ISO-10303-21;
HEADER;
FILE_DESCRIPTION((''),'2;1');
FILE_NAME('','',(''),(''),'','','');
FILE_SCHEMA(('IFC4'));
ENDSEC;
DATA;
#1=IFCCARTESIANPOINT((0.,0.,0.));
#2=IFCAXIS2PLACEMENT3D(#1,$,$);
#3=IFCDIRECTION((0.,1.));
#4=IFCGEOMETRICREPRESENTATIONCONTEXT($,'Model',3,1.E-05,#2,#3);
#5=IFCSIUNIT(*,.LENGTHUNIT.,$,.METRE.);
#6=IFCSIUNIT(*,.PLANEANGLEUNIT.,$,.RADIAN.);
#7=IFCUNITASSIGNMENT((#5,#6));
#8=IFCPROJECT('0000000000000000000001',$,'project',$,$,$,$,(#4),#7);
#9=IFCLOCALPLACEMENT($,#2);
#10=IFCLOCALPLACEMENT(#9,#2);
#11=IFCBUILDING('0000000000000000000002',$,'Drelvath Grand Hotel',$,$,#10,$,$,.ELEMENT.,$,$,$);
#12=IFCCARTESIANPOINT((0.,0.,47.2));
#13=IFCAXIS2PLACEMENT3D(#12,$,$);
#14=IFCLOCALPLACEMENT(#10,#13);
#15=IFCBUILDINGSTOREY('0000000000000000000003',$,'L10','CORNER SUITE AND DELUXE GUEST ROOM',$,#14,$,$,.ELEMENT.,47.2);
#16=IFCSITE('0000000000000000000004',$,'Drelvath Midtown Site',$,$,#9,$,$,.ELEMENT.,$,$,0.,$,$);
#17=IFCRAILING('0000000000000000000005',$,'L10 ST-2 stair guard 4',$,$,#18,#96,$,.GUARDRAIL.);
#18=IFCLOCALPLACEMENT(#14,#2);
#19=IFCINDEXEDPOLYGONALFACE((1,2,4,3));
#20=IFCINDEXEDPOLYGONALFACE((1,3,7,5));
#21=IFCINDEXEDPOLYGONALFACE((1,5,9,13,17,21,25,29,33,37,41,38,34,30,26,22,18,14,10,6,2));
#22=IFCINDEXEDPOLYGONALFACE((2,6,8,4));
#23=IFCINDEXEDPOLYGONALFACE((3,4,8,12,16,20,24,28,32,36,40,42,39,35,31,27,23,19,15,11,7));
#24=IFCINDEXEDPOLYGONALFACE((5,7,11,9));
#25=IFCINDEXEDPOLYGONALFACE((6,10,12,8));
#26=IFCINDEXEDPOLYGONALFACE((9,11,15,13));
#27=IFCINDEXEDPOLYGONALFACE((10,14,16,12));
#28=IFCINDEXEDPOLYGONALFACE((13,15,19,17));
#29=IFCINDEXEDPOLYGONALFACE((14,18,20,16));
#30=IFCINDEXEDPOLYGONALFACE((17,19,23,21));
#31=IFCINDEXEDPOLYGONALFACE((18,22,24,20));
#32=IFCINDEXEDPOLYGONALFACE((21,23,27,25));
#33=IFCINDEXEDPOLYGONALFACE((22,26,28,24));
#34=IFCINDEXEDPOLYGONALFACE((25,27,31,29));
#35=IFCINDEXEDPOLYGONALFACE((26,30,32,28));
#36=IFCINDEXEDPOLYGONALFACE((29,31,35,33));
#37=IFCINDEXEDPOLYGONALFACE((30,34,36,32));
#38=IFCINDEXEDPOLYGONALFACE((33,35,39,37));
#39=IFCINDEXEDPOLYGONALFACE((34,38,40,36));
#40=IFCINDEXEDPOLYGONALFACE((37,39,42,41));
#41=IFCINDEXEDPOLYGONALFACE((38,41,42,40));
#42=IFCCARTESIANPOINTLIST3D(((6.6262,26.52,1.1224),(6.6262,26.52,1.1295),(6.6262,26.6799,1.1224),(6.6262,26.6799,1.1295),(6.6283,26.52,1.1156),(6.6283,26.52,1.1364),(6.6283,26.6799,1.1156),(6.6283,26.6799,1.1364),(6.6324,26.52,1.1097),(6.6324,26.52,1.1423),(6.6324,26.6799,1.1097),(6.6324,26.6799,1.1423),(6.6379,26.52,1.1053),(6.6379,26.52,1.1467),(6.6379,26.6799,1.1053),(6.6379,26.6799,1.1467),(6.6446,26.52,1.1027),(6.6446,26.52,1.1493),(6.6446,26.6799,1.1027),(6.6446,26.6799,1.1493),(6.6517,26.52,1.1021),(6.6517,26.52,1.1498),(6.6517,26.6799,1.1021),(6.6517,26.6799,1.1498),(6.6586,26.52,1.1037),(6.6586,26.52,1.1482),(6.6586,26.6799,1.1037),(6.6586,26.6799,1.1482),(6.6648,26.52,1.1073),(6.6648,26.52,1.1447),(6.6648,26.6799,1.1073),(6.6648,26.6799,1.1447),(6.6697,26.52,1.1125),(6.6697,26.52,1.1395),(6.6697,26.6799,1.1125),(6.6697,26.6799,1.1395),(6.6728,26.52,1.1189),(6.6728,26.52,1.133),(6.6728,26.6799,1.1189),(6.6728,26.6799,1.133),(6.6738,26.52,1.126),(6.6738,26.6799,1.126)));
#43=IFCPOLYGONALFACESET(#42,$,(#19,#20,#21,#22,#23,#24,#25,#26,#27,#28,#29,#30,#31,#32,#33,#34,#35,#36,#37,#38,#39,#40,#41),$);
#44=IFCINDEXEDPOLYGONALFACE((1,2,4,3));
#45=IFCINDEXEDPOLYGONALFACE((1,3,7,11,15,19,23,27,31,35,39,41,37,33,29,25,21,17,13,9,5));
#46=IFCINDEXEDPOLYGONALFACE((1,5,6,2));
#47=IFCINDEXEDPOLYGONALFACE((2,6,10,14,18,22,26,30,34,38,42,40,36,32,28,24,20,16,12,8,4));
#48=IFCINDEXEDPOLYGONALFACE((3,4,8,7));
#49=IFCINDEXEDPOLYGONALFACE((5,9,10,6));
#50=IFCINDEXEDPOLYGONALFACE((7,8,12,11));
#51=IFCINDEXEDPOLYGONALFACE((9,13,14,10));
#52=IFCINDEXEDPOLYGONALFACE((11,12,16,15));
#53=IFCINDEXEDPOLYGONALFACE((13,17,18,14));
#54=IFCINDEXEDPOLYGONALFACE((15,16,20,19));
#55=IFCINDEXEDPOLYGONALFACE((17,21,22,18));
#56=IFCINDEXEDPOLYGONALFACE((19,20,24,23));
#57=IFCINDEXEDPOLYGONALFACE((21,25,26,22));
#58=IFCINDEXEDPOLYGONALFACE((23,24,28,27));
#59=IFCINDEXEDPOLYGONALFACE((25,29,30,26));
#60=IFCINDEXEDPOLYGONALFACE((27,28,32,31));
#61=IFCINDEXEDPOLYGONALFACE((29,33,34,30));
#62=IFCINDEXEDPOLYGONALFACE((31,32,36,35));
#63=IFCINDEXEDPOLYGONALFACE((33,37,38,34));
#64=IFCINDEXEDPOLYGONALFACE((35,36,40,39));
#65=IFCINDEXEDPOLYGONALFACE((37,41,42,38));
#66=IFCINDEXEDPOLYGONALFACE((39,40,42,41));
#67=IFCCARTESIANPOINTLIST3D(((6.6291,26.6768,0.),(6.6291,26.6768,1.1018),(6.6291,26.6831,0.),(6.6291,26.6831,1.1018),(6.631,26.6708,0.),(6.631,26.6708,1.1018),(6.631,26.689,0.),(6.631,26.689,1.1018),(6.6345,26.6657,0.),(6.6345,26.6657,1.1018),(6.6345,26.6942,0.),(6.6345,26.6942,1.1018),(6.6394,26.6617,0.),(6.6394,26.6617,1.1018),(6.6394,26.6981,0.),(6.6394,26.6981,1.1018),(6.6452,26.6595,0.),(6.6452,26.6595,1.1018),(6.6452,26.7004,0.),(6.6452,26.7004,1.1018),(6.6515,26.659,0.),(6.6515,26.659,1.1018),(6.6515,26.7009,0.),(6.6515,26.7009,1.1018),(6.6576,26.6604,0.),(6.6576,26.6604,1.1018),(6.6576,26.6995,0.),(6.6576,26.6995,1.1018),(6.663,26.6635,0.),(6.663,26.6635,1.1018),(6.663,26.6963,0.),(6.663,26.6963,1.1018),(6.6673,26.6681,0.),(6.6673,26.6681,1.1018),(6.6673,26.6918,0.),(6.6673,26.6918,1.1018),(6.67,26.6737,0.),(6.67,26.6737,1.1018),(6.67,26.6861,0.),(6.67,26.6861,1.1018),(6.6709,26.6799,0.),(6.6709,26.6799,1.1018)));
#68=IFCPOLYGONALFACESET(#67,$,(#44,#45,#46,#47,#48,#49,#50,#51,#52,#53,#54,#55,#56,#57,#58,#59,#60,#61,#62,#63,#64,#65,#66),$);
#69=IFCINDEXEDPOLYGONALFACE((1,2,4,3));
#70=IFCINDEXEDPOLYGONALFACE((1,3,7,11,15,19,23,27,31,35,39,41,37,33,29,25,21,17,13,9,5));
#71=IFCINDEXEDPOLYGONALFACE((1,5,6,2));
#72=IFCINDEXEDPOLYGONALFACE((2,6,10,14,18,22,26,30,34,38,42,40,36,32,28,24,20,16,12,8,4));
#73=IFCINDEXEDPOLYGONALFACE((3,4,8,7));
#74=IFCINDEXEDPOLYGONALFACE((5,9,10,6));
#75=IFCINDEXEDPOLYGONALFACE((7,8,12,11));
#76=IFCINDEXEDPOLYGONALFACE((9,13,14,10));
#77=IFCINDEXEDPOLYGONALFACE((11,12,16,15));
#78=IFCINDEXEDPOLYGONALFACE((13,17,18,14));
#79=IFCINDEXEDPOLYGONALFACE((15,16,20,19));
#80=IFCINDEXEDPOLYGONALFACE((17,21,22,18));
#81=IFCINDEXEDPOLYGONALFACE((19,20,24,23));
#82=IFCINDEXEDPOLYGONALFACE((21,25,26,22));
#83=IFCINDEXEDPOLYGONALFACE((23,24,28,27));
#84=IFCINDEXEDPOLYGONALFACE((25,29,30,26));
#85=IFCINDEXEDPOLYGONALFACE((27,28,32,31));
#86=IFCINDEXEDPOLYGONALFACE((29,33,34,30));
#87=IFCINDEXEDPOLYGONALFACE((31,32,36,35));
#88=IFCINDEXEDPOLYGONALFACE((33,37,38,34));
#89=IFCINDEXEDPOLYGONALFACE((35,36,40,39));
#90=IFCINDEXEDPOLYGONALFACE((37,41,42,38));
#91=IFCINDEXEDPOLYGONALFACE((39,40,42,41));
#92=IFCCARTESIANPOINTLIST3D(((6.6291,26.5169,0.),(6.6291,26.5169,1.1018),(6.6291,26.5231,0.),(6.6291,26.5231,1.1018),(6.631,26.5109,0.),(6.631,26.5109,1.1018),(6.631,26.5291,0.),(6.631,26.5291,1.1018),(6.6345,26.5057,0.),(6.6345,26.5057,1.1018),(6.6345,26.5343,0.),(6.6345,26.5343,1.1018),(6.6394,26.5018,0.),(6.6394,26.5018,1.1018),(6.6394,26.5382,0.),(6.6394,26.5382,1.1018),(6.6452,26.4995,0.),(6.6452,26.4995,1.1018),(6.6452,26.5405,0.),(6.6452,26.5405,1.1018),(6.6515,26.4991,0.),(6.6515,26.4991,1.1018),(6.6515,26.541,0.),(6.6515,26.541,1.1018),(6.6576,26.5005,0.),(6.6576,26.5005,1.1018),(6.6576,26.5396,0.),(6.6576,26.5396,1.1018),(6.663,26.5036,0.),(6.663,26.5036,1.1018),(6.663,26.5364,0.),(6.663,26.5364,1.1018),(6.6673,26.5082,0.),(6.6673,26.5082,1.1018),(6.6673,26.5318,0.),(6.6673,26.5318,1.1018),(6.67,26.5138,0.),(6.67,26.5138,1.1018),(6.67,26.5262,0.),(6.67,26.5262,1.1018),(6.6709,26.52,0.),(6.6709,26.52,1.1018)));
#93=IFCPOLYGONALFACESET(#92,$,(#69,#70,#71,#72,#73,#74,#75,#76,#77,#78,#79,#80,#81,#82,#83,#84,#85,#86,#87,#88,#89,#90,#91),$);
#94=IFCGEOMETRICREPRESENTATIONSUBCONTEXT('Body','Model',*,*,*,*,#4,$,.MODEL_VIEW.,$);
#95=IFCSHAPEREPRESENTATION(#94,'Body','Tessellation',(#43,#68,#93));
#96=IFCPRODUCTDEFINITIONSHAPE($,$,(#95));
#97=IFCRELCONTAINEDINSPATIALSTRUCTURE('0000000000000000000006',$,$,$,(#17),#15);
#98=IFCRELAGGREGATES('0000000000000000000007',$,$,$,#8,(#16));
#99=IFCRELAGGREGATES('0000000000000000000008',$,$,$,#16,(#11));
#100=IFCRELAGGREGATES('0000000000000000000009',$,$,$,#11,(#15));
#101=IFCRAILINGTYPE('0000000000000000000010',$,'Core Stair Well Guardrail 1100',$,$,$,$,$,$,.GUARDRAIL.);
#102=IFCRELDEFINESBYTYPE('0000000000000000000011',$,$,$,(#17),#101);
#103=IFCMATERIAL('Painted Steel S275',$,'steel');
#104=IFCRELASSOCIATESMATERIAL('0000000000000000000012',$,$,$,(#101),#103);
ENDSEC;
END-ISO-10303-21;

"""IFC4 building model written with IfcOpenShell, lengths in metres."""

from ifc_helpers import new_model, si_unit, direction, frame, origin, origin_2d, place, context, subcontext, project, spatial, circle, extrude, material, type_object, element, save


model = new_model("IFC4")

# Units and contexts
model_context = context("Model", 3, precision=1e-05, world=origin(), true_north=direction((0.0, 1.0)))
body_context = subcontext(model_context, "Body", "Model", "MODEL_VIEW")
ifc_project = project(units=[si_unit("LENGTHUNIT", "METRE"), si_unit("PLANEANGLEUNIT", "RADIAN")], contexts=[model_context])

# Site, building, storey
site_placement = place(None, origin())
site = spatial("IfcSite", under=ifc_project, at=site_placement, Name="Drelvath Midtown Site", CompositionType="ELEMENT", RefElevation=0.0)
building_placement = place(site_placement, origin())
building = spatial("IfcBuilding", under=site, at=building_placement, Name="Drelvath Grand Hotel", CompositionType="ELEMENT")
storey_placement = place(building_placement, frame((0.0, 0.0, 47.2)))
storey = spatial("IfcBuildingStorey", under=building, at=storey_placement, Name="L10", Description="CORNER SUITE AND DELUXE GUEST ROOM", CompositionType="ELEMENT", Elevation=47.2)

# Shared definitions
ifc_material_1 = material(Name="Painted Steel S275", Category="steel")

# Railing
railing_type_1 = type_object("IfcRailingType", Name="Core Stair Well Guardrail 1100", PredefinedType="GUARDRAIL", material=ifc_material_1)
railing_1_placement = place(storey_placement, frame((6.6499, 26.6799, 0.0)))
element("IfcRailing", 1, at=railing_1_placement, inside=storey, type_object=railing_type_1, Name="L10 ST-2 stair guard 4", PredefinedType="GUARDRAIL", context=body_context, shape_type="SweptSolid", body=[
    extrude(circle(Radius=0.0239, at=origin_2d()), frame((0.0, 0.0, 1.126), z_axis=(0.0, -1.0, 0.0), x_axis=(1.0, 0.0, 0.0)), (0.0, 0.0, 1.0), 0.1599),
    extrude(circle(Radius=0.021, at=origin_2d()), origin(), (0.0, 0.0, 1.0), 1.1018),
    extrude(circle(Radius=0.021, at=origin_2d()), frame((0.0, -0.1599, 0.0)), (0.0, 0.0, 1.0), 1.1018),
])

save(model, "model.ifc")
